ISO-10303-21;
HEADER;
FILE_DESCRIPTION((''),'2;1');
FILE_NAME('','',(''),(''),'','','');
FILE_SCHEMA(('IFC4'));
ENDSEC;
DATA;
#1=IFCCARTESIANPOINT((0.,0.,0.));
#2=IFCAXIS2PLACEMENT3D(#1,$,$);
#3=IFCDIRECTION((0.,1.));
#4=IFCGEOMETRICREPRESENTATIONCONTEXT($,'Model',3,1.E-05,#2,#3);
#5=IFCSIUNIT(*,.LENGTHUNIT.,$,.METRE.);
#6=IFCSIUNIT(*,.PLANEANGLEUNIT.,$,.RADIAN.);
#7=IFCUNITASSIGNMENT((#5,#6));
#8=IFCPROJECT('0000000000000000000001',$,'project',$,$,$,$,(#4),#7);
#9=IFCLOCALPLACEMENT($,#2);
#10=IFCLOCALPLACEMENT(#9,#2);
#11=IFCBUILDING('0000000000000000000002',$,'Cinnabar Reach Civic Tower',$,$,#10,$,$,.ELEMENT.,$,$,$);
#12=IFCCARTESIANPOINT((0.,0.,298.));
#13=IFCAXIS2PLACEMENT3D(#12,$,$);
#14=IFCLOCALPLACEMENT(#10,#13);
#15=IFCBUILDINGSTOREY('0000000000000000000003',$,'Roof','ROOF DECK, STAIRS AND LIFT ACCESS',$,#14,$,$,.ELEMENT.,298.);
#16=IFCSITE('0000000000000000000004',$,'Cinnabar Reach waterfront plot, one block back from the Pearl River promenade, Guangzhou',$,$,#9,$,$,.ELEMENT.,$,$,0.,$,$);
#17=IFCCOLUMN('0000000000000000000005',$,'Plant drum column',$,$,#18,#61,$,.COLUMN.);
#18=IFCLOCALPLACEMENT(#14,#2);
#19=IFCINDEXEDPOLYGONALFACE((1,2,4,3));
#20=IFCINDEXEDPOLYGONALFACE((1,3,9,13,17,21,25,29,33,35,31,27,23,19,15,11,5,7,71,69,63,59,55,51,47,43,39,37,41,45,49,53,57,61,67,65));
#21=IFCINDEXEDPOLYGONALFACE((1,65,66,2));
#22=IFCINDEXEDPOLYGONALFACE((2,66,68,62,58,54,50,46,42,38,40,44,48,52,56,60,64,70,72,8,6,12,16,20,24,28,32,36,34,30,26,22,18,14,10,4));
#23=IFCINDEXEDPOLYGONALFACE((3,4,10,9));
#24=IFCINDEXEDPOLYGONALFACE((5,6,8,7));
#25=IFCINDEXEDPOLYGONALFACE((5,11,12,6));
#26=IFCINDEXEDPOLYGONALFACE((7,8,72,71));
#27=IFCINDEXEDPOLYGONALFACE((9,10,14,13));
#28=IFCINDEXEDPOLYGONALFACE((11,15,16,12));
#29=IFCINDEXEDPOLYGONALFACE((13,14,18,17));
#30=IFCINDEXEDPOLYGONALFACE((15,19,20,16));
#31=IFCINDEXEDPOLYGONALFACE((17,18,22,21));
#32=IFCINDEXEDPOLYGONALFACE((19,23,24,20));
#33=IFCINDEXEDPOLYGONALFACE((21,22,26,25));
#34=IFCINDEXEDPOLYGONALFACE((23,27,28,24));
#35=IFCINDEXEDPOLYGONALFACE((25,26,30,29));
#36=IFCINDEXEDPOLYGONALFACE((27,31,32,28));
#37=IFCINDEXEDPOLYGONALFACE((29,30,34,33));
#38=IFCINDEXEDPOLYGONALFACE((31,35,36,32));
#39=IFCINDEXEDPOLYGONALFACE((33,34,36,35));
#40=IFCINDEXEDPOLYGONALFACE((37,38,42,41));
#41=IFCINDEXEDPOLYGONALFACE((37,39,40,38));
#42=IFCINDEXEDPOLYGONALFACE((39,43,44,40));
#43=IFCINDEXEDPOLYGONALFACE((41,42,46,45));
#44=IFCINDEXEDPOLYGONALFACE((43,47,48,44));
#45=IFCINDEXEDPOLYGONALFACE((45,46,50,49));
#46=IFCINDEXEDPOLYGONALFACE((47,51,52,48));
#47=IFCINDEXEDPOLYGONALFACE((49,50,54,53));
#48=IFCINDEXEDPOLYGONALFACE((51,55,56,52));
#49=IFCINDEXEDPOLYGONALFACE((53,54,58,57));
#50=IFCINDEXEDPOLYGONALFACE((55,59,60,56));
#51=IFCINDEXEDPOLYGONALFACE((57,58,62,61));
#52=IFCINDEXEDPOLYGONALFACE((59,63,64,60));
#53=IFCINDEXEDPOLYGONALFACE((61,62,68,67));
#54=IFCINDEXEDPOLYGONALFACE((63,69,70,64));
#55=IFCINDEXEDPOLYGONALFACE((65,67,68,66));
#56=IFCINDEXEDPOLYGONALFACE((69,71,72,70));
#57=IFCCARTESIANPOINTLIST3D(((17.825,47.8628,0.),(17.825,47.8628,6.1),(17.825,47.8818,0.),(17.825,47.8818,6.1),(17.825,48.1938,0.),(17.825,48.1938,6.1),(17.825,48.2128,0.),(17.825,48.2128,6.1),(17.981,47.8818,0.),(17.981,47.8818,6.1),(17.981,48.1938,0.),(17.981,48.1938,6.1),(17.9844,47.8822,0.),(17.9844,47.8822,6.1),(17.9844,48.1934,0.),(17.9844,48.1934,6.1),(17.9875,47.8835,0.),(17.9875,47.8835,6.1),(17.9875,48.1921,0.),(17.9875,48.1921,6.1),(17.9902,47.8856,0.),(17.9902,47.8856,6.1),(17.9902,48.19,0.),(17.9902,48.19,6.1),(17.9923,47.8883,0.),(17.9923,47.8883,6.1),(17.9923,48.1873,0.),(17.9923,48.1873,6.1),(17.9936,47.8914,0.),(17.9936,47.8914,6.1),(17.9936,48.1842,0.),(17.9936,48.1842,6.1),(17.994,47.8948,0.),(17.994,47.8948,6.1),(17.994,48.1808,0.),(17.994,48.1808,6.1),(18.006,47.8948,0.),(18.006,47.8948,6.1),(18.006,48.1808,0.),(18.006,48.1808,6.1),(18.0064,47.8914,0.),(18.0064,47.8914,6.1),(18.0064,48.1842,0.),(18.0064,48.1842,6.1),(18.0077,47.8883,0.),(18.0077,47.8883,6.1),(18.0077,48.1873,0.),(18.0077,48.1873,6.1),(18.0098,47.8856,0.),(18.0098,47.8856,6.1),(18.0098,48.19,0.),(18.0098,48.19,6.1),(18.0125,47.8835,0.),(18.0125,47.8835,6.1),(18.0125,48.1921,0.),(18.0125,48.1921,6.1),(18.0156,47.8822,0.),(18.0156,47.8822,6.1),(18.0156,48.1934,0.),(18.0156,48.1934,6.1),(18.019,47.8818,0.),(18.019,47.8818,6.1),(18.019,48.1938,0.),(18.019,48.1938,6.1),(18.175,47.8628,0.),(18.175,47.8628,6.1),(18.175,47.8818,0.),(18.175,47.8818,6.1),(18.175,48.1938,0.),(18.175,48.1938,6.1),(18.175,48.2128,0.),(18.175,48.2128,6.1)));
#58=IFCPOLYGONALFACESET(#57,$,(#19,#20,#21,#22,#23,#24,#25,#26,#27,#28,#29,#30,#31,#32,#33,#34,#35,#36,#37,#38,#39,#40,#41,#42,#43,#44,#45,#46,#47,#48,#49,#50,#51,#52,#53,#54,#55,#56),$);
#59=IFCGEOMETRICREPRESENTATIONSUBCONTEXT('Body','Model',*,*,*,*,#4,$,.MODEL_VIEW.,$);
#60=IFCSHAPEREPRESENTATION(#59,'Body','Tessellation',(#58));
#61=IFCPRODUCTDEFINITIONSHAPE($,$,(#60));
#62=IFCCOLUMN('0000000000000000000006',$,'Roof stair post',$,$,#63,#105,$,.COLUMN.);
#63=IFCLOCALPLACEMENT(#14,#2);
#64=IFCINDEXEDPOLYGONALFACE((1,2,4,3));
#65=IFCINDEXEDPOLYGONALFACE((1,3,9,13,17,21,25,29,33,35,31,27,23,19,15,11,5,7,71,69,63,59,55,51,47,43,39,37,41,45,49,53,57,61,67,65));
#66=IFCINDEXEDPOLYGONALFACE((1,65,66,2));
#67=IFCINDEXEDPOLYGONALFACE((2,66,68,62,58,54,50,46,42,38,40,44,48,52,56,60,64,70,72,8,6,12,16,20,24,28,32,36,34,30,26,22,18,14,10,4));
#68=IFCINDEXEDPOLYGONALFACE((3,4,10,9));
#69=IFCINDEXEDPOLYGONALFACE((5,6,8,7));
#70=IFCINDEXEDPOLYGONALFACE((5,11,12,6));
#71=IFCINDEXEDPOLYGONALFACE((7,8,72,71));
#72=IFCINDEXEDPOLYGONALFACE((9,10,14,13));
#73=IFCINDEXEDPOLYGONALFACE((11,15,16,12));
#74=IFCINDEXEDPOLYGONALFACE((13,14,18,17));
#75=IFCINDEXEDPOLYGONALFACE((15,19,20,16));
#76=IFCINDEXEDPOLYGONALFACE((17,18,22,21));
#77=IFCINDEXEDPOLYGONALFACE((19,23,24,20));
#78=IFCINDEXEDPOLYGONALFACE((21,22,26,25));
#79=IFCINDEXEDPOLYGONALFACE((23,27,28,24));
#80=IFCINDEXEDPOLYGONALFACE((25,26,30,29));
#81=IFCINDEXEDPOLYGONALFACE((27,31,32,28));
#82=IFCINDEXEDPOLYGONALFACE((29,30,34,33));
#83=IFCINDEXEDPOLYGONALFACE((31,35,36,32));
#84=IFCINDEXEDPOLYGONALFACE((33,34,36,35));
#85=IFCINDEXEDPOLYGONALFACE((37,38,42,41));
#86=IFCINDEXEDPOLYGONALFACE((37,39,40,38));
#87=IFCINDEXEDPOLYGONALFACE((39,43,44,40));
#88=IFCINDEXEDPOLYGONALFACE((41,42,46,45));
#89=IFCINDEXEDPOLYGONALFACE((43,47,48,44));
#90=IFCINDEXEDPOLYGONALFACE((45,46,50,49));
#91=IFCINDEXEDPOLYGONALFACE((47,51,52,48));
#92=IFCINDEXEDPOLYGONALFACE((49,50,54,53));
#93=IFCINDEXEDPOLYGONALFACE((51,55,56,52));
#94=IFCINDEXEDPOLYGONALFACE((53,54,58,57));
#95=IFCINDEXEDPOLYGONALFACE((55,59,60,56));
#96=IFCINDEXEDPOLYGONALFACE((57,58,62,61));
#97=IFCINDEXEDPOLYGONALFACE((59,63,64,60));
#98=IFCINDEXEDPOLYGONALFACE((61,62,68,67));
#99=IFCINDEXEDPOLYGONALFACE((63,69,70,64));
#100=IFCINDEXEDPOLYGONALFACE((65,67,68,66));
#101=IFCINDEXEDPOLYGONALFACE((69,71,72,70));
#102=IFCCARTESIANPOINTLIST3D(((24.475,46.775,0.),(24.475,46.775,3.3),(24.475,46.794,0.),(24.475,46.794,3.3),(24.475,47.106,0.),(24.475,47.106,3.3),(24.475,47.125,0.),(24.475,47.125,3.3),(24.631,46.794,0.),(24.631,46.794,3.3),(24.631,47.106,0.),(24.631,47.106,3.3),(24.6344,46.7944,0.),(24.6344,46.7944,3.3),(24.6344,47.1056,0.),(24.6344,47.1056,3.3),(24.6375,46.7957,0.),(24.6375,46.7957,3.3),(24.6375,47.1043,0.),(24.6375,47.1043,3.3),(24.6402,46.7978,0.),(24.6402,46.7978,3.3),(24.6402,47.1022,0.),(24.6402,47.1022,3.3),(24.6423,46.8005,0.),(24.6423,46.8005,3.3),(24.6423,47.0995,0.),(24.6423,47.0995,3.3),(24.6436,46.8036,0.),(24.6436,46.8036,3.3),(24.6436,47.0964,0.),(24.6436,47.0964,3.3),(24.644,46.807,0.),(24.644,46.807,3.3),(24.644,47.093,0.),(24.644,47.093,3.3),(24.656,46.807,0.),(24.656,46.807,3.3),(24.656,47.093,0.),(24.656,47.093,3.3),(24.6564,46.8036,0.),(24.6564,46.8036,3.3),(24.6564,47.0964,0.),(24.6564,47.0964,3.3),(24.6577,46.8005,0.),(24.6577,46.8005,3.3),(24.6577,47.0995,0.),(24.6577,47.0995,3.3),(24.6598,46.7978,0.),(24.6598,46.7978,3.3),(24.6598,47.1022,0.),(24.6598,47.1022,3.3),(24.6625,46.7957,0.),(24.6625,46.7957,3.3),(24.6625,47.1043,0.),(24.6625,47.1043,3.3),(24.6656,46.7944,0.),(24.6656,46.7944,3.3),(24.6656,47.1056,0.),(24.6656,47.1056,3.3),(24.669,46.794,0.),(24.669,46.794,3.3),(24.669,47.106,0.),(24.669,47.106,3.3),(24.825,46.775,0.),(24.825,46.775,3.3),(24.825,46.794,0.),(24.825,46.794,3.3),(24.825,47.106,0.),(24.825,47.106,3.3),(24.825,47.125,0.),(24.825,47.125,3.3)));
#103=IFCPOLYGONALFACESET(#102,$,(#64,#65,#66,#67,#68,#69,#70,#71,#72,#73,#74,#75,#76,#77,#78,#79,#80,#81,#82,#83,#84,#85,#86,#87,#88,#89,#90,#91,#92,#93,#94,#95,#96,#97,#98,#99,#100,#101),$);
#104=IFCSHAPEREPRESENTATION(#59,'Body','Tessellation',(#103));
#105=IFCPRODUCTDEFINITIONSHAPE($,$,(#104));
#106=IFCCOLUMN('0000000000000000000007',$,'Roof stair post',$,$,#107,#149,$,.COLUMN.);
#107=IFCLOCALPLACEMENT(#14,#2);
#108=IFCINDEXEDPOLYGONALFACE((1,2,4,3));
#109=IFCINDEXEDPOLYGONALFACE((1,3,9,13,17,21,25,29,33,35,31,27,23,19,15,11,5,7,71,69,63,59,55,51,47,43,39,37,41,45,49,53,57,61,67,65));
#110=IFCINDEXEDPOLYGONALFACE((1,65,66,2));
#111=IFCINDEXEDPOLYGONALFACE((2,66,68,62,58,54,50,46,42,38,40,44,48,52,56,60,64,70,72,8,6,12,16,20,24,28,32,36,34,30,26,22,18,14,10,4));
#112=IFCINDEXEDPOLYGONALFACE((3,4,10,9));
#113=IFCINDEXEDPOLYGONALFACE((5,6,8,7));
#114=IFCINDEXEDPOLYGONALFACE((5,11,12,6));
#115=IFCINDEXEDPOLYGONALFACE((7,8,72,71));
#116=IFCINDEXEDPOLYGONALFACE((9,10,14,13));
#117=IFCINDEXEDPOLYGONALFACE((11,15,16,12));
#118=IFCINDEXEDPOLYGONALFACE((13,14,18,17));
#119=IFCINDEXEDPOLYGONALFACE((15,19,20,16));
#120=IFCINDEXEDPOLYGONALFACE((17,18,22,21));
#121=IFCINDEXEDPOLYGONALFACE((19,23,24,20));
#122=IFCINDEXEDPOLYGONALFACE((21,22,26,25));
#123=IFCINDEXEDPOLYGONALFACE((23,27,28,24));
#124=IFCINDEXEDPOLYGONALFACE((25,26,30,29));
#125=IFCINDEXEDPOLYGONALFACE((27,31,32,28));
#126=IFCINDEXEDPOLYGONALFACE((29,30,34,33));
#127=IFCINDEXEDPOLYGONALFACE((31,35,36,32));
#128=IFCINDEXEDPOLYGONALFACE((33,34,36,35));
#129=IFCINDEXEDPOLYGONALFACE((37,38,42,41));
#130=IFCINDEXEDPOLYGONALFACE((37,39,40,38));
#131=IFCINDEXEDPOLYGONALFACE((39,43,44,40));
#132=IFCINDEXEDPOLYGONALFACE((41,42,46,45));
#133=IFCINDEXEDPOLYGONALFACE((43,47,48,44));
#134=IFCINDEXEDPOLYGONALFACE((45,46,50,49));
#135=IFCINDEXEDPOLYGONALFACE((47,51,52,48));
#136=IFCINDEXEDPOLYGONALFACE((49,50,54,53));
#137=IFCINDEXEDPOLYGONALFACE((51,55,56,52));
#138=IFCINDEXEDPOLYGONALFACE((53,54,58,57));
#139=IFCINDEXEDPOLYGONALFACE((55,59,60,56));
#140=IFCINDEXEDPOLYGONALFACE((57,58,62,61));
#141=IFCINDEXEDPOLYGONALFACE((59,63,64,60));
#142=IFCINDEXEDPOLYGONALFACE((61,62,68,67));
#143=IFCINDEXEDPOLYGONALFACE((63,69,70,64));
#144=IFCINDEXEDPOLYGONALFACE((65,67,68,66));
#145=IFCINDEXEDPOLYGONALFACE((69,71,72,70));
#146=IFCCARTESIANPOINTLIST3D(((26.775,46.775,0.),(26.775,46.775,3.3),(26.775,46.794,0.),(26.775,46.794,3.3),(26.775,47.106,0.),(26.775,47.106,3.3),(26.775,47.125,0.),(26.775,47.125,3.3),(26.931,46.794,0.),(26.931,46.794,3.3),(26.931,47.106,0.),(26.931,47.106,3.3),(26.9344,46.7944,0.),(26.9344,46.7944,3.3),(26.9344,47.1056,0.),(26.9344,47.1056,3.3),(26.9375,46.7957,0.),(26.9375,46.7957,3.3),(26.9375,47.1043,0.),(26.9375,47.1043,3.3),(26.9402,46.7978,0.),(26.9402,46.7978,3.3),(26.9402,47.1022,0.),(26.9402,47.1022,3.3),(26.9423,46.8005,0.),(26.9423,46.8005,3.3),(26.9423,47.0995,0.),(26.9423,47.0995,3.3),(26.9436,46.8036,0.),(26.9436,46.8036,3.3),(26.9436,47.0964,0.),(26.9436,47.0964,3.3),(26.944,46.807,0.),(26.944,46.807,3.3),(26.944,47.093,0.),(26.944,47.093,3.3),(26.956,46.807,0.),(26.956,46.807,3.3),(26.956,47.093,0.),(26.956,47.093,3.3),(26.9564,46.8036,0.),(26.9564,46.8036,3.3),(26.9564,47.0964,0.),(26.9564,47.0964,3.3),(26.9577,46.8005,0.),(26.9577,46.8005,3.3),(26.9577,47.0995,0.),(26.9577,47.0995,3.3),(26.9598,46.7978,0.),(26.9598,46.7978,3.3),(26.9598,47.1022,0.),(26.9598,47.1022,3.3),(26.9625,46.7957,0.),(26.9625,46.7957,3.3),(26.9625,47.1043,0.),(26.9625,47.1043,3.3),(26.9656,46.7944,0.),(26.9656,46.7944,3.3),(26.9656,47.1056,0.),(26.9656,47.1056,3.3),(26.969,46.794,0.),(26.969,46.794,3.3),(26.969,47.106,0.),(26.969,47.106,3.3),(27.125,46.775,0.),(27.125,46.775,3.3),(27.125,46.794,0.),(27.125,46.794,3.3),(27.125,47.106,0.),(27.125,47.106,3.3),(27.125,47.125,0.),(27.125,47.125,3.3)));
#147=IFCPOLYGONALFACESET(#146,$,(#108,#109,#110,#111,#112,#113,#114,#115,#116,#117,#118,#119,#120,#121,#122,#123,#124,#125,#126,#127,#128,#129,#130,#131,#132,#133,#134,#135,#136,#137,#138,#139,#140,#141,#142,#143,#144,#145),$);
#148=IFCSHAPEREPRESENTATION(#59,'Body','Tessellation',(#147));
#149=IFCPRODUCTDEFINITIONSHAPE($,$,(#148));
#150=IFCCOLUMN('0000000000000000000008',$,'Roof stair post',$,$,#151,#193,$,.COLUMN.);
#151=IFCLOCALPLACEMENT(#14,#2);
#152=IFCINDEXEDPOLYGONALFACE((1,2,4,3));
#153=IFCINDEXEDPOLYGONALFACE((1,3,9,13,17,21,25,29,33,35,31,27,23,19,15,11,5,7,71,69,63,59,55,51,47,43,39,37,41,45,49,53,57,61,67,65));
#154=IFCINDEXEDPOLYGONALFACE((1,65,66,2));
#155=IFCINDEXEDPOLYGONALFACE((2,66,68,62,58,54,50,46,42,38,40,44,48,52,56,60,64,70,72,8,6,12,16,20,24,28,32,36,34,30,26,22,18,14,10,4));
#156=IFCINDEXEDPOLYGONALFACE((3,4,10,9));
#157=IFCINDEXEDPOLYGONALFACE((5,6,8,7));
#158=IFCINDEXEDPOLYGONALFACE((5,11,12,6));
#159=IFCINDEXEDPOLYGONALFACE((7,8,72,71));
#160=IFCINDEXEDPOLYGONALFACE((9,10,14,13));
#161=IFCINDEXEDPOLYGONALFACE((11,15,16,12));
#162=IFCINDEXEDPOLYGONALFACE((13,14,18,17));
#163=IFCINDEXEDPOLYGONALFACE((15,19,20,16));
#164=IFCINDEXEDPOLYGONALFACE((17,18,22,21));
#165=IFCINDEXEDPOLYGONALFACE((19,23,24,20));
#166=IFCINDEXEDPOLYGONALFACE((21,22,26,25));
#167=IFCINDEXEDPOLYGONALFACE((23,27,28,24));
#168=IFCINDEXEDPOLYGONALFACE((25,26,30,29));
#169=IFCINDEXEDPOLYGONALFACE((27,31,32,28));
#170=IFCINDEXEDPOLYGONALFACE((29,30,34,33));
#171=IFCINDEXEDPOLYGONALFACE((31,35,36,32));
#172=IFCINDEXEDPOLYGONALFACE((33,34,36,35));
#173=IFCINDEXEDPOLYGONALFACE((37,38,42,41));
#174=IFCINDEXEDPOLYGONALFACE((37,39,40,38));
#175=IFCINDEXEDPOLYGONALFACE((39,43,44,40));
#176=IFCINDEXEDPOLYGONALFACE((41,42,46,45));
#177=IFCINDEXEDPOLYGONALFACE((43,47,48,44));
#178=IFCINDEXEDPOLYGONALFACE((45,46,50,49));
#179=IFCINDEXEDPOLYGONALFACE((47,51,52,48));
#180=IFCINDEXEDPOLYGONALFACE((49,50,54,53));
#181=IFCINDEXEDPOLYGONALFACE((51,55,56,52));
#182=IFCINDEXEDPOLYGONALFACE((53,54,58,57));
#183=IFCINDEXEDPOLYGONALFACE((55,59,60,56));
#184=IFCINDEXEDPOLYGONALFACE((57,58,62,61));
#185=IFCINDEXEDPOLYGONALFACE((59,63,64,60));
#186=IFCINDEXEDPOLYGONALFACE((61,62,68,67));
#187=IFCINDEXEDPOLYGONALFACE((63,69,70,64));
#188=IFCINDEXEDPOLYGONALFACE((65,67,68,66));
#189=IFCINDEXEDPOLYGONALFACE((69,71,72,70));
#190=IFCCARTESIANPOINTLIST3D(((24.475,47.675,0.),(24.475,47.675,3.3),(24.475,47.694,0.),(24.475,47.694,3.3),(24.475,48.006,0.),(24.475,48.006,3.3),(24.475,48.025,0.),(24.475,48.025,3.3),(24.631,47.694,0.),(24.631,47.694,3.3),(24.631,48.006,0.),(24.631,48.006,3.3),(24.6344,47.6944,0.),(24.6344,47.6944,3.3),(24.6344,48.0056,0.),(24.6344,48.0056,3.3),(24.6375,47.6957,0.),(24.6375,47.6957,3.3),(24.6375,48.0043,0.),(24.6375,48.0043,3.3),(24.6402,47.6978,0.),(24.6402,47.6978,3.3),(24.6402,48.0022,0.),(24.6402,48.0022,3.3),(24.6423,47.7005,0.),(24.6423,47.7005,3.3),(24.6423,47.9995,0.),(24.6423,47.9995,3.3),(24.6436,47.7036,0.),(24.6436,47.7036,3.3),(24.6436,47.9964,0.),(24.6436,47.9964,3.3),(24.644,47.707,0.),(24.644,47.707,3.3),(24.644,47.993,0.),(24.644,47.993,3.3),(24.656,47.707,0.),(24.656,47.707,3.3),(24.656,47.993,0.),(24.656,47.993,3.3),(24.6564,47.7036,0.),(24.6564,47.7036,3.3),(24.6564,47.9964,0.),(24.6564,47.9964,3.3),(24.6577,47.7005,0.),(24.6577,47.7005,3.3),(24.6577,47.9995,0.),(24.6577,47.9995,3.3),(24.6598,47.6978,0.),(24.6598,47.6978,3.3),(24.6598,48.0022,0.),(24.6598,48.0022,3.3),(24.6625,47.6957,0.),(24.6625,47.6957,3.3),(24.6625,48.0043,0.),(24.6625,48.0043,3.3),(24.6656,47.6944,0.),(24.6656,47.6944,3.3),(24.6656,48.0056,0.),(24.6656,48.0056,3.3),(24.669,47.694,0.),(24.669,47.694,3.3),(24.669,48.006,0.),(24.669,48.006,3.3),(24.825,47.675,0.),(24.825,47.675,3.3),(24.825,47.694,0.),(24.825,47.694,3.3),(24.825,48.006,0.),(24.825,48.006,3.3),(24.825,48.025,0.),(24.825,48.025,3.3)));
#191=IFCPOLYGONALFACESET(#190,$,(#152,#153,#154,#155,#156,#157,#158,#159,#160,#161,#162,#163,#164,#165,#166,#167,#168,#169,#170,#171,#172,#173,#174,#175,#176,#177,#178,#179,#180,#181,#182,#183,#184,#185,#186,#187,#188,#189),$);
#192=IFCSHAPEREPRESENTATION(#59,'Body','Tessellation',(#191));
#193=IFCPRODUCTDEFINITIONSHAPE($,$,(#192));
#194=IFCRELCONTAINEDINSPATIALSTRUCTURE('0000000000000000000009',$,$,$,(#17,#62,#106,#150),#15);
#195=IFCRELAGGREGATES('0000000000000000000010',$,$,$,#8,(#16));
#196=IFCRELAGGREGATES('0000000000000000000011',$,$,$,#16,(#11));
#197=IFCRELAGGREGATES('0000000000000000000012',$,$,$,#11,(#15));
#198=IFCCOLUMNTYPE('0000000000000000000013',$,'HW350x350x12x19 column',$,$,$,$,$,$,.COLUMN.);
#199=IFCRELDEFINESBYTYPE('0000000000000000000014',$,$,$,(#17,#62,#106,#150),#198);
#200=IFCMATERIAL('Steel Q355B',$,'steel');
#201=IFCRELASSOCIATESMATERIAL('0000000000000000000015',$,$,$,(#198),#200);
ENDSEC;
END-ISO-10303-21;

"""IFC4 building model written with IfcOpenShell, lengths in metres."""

from ifc_helpers import new_model, si_unit, direction, frame, origin, origin_2d, place, context, subcontext, project, spatial, i_section, extrude, material, material_profile, profile_set, type_object, element, save


model = new_model("IFC4")

# Units and contexts
model_context = context("Model", 3, precision=1e-05, world=origin(), true_north=direction((0.0, 1.0)))
body_context = subcontext(model_context, "Body", "Model", "MODEL_VIEW")
ifc_project = project(units=[si_unit("LENGTHUNIT", "METRE"), si_unit("PLANEANGLEUNIT", "RADIAN")], contexts=[model_context])

# Site, building, storey
site_placement = place(None, origin())
site = spatial("IfcSite", under=ifc_project, at=site_placement, Name="Cinnabar Reach waterfront plot, one block back from the Pearl River promenade, Guangzhou", CompositionType="ELEMENT", RefElevation=0.0)
building_placement = place(site_placement, origin())
building = spatial("IfcBuilding", under=site, at=building_placement, Name="Cinnabar Reach Civic Tower", CompositionType="ELEMENT")
storey_placement = place(building_placement, frame((0.0, 0.0, 298.0)))
storey = spatial("IfcBuildingStorey", under=building, at=storey_placement, Name="Roof", Description="ROOF DECK, STAIRS AND LIFT ACCESS", CompositionType="ELEMENT", Elevation=298.0)

# Columns
ifc_material_1 = material(Name="Steel Q355B", Category="steel")
ifc_material_profile_1 = material_profile(ifc_material_1, i_section(OverallWidth=0.35, OverallDepth=0.35, WebThickness=0.012, FlangeThickness=0.019, FilletRadius=0.013, at=origin_2d()), Name="HW350x350x12x19")
ifc_profile_set_1 = profile_set([ifc_material_profile_1], Name="Steel Q355B")
column_type = type_object("IfcColumnType", Name="HW350x350x12x19 column", PredefinedType="COLUMN", material=ifc_profile_set_1)
column_placement = place(storey_placement, frame((18.0, 48.0378, 0.0), z_axis=(0.0, 0.0, 1.0), x_axis=(1.0, 0.0, 0.0)))
element("IfcColumn", 1, at=column_placement, inside=storey, type_object=column_type, Name="Plant drum column", PredefinedType="COLUMN", context=body_context, shape_type="SweptSolid", body=[
    extrude(i_section(OverallWidth=0.35, OverallDepth=0.35, WebThickness=0.012, FlangeThickness=0.019, FilletRadius=0.013, at=origin_2d()), origin(), (0.0, 0.0, 1.0), 6.1),
])
for number, where, z_axis, x_axis, name in (
    (2, (24.65, 46.95, 0.0), (0.0, 0.0, 1.0), (1.0, 0.0, 0.0), "Roof stair post"),
    (3, (26.95, 46.95, 0.0), (0.0, 0.0, 1.0), (1.0, 0.0, 0.0), "Roof stair post"),
    (4, (24.65, 47.85, 0.0), (0.0, 0.0, 1.0), (1.0, 0.0, 0.0), "Roof stair post"),
):
    element("IfcColumn", number, at=place(storey_placement, frame(where, z_axis=z_axis, x_axis=x_axis)), inside=storey, type_object=column_type, Name=name, PredefinedType="COLUMN", context=body_context, shape_type="SweptSolid", body=[
        extrude(i_section(OverallWidth=0.35, OverallDepth=0.35, WebThickness=0.012, FlangeThickness=0.019, FilletRadius=0.013, at=origin_2d()), origin(), (0.0, 0.0, 1.0), 3.3),
    ])

save(model, "model.ifc")
